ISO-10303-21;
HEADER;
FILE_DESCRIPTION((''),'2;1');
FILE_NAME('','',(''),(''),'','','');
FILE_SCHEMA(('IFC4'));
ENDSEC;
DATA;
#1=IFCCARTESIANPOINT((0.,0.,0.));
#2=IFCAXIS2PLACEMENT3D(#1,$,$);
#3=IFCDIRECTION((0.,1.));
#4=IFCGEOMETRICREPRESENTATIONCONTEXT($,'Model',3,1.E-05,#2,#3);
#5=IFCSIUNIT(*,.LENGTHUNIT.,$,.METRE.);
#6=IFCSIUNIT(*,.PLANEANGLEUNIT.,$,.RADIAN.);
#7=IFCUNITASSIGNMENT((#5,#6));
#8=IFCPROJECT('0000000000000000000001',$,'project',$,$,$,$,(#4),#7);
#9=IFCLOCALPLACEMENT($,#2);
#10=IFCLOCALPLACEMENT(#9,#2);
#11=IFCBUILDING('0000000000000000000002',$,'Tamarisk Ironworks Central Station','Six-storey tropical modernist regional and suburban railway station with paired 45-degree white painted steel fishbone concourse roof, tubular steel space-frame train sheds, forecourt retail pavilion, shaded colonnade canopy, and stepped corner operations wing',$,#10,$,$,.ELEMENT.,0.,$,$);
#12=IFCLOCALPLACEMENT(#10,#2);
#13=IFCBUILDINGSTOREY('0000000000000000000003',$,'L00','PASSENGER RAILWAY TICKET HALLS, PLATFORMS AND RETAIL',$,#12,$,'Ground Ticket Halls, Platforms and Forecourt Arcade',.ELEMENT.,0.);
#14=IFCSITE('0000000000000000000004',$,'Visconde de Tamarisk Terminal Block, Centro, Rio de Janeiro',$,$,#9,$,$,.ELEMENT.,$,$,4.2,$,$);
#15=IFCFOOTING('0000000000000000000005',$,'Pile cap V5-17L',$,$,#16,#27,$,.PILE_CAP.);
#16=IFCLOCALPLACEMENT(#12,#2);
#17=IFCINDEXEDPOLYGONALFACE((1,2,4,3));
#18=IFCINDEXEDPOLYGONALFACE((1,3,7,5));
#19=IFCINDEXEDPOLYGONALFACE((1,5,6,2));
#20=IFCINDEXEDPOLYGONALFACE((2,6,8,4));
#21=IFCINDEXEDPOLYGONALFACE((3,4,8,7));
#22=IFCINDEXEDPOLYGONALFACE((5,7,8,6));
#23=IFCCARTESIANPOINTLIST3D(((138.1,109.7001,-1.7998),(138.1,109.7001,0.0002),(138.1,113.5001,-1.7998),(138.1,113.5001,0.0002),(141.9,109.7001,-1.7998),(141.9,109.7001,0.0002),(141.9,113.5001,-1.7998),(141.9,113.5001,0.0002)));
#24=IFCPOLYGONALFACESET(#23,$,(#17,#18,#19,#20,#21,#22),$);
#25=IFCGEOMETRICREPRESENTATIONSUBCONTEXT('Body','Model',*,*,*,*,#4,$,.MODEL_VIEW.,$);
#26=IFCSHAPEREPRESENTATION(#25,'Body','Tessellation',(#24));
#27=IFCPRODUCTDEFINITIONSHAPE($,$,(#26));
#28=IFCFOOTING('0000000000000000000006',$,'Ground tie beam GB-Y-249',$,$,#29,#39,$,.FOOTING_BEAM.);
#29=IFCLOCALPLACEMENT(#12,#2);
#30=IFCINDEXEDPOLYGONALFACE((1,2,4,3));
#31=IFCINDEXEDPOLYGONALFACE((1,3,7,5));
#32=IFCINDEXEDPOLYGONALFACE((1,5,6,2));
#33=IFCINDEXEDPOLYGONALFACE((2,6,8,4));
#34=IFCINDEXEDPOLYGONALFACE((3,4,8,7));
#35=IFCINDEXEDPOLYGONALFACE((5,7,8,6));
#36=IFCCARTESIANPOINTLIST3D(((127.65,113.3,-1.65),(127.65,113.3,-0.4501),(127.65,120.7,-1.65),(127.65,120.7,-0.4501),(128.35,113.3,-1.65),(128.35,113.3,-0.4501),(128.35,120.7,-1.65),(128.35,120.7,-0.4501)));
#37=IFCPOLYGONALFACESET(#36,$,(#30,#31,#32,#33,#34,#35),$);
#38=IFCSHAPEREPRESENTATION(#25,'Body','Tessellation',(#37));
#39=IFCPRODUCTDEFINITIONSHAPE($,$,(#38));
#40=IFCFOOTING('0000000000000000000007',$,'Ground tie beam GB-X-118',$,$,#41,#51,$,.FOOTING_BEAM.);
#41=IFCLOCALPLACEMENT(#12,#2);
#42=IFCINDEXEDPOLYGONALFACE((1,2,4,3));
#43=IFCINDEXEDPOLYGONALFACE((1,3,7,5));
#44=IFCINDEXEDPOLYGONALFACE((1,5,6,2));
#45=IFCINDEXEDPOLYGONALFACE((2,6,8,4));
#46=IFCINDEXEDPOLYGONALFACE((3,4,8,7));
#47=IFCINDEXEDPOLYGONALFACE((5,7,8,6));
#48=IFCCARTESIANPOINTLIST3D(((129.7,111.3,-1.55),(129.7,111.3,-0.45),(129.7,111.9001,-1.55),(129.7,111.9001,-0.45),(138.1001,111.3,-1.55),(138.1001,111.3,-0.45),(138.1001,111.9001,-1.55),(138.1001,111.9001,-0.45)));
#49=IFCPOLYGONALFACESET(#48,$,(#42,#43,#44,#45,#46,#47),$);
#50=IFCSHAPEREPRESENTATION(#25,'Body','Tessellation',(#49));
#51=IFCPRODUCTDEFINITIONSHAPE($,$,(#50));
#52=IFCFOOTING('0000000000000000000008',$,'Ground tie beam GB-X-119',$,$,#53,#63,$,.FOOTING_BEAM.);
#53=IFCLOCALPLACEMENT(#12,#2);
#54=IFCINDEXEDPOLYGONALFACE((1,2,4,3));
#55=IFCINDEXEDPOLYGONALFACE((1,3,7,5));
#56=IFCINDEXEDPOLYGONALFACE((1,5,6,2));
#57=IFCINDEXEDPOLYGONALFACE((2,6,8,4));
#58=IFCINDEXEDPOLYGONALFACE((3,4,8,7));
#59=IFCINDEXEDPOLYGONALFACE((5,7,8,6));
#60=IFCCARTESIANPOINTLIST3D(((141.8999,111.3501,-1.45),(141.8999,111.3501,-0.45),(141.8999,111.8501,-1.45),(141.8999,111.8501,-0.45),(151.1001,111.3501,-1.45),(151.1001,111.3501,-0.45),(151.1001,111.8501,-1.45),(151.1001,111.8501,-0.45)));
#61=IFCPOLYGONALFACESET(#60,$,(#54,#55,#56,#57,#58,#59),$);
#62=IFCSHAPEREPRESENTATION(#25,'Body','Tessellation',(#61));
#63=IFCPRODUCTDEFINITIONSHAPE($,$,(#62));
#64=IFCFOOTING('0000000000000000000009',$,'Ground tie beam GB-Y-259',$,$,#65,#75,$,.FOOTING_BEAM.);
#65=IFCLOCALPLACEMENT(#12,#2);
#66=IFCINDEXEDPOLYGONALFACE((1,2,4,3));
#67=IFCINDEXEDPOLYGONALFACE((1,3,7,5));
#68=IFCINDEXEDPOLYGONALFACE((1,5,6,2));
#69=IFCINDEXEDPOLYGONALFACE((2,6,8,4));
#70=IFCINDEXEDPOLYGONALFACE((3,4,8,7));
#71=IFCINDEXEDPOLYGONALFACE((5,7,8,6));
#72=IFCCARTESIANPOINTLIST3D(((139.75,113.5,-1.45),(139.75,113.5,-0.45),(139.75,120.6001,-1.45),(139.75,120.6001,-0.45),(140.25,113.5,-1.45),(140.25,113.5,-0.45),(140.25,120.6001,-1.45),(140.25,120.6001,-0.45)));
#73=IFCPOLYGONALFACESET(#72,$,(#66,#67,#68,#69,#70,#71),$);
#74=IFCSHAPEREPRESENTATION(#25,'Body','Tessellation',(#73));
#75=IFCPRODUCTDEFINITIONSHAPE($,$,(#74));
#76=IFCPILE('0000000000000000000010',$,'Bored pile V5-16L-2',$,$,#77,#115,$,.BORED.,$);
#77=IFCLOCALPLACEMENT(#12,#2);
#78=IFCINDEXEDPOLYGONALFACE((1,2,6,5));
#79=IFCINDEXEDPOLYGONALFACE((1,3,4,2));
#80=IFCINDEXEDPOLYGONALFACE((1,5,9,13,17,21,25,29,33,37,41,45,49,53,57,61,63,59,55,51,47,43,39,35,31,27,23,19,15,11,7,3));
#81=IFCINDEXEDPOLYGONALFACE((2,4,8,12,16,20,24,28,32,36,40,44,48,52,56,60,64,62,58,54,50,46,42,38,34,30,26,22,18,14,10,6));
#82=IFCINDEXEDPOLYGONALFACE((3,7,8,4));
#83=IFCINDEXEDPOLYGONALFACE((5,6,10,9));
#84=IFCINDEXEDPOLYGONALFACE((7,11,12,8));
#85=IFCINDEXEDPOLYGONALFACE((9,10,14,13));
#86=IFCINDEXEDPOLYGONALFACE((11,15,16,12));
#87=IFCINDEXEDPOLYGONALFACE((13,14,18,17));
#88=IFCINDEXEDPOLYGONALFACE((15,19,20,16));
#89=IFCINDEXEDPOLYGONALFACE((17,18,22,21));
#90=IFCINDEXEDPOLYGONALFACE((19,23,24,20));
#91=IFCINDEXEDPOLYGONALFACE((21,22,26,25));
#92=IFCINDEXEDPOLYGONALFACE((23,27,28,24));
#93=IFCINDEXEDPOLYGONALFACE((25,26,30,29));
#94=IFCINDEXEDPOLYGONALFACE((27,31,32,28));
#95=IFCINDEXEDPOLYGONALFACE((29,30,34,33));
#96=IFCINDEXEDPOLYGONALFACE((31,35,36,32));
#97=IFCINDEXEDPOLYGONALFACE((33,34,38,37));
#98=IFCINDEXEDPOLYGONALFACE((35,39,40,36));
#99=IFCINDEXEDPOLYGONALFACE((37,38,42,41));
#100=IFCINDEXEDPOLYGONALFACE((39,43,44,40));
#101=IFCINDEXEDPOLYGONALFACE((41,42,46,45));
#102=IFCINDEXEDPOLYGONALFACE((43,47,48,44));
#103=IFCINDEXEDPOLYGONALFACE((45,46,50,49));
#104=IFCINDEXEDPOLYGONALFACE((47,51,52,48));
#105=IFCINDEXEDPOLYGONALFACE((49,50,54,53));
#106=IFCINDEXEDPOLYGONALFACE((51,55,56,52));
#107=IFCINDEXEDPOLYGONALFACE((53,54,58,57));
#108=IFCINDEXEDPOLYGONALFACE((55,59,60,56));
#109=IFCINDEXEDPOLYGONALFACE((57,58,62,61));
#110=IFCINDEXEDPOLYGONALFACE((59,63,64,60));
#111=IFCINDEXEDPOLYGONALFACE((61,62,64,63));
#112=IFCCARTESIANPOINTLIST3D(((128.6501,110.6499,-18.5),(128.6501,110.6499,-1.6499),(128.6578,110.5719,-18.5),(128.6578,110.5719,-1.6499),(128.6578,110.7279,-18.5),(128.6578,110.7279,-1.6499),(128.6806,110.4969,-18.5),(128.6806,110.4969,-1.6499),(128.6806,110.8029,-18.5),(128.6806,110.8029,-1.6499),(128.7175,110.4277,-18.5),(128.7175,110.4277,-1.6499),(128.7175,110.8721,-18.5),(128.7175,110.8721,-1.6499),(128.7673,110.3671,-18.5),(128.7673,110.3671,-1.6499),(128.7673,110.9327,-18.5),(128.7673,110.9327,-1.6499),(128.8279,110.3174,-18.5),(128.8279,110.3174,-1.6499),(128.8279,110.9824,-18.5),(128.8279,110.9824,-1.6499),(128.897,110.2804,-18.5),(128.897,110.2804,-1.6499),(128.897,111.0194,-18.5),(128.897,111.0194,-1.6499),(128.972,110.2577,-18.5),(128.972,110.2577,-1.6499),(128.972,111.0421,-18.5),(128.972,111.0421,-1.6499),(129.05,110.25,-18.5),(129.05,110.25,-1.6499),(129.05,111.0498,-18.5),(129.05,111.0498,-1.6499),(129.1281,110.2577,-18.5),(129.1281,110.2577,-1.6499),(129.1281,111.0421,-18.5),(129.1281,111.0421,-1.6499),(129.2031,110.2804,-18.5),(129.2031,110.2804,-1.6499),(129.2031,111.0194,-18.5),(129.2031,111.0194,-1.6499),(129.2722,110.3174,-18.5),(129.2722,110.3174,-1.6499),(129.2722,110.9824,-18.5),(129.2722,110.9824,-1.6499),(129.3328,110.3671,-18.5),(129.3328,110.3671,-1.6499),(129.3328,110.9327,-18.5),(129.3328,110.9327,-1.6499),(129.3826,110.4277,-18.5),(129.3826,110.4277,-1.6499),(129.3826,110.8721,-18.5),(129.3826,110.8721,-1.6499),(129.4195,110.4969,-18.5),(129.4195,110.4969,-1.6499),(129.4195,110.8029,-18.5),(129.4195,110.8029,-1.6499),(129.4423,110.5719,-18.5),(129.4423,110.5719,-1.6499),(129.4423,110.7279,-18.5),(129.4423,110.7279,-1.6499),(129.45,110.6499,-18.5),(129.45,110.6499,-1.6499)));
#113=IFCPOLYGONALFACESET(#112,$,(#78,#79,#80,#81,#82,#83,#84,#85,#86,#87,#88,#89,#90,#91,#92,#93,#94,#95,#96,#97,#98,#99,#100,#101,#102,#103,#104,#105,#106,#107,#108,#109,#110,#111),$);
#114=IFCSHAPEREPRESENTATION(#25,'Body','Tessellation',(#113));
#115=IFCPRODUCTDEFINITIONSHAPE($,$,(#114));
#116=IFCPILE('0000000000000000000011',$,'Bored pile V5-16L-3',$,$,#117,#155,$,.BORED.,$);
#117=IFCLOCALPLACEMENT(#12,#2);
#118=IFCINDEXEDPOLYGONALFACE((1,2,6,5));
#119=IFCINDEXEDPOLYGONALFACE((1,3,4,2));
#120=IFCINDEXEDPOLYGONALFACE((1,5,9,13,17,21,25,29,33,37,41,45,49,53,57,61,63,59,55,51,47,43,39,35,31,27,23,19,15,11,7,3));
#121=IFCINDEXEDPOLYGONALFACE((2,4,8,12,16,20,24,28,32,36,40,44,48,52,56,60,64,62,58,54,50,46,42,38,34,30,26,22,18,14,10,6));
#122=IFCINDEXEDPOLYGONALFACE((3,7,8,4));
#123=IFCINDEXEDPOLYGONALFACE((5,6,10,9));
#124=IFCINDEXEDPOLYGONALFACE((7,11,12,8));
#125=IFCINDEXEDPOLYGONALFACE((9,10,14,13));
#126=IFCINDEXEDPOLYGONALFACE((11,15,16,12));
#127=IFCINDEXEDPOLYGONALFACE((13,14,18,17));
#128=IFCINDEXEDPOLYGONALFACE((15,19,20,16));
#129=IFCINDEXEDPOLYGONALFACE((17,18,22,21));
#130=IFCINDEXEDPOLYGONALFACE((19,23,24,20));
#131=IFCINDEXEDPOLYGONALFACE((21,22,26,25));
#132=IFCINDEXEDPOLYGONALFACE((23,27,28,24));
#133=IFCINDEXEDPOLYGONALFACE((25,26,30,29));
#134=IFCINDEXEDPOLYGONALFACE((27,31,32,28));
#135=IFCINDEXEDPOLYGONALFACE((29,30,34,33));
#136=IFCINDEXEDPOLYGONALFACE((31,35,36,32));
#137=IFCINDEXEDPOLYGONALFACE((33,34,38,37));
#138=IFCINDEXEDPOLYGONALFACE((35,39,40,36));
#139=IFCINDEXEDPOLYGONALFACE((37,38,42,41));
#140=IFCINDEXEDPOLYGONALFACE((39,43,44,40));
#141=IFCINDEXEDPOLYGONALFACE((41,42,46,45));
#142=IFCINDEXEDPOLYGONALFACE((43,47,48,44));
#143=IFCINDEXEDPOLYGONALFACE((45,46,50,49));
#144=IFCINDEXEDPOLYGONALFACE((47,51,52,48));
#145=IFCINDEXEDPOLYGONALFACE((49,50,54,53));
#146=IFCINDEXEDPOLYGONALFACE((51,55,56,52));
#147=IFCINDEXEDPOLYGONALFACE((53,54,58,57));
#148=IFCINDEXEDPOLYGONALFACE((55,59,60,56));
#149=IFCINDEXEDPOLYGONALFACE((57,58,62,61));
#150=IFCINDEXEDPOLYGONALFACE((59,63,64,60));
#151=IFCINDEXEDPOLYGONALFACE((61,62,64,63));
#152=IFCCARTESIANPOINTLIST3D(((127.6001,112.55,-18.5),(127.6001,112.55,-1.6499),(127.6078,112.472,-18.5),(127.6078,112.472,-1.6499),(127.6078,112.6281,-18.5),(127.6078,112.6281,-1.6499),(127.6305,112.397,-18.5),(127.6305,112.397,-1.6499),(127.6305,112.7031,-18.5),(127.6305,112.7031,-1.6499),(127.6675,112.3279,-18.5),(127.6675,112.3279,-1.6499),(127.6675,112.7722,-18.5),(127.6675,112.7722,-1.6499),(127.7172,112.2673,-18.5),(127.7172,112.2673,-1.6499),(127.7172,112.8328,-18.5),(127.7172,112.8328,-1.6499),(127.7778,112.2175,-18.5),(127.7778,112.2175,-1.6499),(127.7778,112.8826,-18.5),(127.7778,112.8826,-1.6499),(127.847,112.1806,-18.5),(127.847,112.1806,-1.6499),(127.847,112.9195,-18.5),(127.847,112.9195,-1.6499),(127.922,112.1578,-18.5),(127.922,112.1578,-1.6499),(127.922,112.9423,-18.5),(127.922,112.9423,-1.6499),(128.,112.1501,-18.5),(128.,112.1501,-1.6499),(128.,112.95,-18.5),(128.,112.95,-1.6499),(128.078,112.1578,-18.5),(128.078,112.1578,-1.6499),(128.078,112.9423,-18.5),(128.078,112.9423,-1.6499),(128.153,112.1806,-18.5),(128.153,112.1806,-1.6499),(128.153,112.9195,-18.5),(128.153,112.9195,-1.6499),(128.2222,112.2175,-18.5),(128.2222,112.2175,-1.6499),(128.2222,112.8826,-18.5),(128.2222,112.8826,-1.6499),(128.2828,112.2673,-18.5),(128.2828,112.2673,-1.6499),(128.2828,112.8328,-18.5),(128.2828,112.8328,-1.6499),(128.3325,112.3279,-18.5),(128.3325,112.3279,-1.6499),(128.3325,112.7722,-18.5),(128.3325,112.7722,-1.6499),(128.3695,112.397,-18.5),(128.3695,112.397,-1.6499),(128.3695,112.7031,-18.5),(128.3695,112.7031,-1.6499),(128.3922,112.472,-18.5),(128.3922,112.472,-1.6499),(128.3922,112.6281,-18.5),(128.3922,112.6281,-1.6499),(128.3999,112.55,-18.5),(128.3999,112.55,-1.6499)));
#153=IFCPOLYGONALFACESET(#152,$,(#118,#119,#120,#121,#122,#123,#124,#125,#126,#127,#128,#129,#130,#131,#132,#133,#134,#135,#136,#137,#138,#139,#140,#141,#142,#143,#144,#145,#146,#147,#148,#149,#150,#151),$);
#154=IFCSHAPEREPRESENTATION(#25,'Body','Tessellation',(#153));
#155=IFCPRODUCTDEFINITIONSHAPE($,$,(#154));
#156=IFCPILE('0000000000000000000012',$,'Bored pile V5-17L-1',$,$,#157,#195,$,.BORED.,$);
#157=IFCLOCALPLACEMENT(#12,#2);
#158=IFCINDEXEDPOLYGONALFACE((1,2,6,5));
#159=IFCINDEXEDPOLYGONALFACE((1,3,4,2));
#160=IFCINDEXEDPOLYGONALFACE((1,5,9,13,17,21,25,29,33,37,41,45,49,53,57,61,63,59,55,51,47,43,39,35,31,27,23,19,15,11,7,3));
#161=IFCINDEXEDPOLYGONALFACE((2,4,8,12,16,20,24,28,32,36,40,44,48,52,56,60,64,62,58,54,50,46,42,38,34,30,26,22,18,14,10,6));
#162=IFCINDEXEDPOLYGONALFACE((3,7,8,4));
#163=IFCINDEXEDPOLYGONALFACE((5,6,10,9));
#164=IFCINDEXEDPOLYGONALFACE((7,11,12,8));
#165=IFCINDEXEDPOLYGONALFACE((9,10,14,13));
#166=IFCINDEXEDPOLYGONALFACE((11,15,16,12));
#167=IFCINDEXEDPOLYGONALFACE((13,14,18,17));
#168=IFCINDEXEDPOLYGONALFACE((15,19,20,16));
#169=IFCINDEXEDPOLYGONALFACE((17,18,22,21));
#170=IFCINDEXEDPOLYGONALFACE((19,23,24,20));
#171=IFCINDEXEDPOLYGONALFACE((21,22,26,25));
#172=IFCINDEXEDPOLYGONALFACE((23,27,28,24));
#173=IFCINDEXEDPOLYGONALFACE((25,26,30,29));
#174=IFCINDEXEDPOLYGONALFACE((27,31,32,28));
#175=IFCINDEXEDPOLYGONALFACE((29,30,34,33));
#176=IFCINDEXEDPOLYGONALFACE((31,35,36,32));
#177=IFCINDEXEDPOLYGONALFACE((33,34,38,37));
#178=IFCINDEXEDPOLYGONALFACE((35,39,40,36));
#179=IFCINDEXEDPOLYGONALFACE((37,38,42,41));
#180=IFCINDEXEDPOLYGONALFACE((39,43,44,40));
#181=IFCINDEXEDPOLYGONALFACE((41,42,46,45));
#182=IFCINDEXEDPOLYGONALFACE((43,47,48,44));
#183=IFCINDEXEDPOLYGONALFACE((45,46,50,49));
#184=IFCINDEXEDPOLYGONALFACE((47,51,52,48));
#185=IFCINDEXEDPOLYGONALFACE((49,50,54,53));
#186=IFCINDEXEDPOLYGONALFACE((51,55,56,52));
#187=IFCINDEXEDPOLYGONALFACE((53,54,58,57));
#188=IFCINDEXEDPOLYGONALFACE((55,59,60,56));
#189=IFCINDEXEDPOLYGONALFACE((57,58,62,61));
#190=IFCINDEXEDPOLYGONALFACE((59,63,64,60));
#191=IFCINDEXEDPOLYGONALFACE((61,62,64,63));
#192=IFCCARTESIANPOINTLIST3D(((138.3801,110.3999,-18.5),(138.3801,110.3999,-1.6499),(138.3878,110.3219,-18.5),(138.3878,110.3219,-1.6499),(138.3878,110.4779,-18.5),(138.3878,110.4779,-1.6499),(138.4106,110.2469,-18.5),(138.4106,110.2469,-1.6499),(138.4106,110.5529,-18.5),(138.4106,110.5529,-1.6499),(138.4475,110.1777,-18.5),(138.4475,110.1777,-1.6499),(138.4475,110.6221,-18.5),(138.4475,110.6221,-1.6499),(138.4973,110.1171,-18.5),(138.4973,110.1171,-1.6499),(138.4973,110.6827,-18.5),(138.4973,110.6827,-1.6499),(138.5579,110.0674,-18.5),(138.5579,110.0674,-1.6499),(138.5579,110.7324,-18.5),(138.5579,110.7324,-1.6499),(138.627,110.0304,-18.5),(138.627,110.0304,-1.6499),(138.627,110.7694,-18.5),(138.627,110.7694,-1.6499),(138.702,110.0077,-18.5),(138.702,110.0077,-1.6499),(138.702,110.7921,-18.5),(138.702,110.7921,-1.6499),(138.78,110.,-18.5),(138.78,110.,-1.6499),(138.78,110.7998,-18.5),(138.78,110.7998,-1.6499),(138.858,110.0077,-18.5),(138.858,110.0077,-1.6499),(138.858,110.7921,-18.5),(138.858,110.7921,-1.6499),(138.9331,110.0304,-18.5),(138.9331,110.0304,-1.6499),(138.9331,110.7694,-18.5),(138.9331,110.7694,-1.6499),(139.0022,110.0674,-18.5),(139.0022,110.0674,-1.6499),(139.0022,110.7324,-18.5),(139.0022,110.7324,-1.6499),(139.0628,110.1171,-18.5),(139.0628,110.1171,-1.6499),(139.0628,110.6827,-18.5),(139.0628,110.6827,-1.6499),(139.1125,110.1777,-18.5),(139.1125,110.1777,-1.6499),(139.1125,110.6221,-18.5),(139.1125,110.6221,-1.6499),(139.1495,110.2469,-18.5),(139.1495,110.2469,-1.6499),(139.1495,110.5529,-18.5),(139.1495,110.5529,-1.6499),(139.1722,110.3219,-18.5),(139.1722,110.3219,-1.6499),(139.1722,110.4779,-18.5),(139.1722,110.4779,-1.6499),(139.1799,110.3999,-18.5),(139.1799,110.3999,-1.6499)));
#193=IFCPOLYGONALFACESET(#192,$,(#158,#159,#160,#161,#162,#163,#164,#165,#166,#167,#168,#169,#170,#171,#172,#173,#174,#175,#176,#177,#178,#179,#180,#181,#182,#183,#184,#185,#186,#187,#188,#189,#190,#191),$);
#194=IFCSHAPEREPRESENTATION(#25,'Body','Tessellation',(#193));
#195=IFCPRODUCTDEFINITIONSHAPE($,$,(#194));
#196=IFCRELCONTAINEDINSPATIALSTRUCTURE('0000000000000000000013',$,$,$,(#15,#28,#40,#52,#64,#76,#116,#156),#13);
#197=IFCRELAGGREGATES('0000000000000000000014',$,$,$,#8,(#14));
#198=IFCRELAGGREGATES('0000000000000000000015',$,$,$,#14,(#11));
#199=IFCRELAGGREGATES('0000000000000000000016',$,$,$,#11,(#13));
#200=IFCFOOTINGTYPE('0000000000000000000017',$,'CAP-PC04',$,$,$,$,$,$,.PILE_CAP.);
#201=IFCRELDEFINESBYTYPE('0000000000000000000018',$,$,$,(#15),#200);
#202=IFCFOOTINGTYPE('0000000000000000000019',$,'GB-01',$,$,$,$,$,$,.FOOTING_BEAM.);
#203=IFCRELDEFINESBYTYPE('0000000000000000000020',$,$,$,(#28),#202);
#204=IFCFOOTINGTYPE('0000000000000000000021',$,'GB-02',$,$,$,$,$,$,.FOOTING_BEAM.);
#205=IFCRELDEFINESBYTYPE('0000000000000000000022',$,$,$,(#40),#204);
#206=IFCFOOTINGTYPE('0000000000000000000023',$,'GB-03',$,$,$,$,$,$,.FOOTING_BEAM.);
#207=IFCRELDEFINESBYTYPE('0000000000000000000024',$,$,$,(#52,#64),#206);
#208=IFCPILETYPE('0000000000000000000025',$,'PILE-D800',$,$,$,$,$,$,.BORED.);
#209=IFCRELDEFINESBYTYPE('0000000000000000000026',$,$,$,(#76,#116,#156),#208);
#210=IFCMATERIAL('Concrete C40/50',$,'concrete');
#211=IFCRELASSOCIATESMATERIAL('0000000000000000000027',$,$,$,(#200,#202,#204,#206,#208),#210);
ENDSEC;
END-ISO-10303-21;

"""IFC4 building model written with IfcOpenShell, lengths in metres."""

from ifc_helpers import new_model, si_unit, direction, frame, origin, origin_2d, place, context, subcontext, project, spatial, rectangle, circle, extrude, material, material_profile, profile_set, type_object, element, save


model = new_model("IFC4")

# Units and contexts
model_context = context("Model", 3, precision=1e-05, world=origin(), true_north=direction((0.0, 1.0)))
body_context = subcontext(model_context, "Body", "Model", "MODEL_VIEW")
ifc_project = project(units=[si_unit("LENGTHUNIT", "METRE"), si_unit("PLANEANGLEUNIT", "RADIAN")], contexts=[model_context])

# Site, building, storey
site_placement = place(None, origin())
site = spatial("IfcSite", under=ifc_project, at=site_placement, Name="Visconde de Tamarisk Terminal Block, Centro, Rio de Janeiro", CompositionType="ELEMENT", RefElevation=4.2)
building_placement = place(site_placement, origin())
building = spatial("IfcBuilding", under=site, at=building_placement, Name="Tamarisk Ironworks Central Station", Description="Six-storey tropical modernist regional and suburban railway station with paired 45-degree white painted steel fishbone concourse roof, tubular steel space-frame train sheds, forecourt retail pavilion, shaded colonnade canopy, and stepped corner operations wing", CompositionType="ELEMENT", ElevationOfRefHeight=0.0)
storey_placement = place(building_placement, origin())
storey = spatial("IfcBuildingStorey", under=building, at=storey_placement, Name="L00", Description="PASSENGER RAILWAY TICKET HALLS, PLATFORMS AND RETAIL", LongName="Ground Ticket Halls, Platforms and Forecourt Arcade", CompositionType="ELEMENT", Elevation=0.0)

# Footings
ifc_material_1 = material(Name="Concrete C40/50", Category="concrete")
footing_type_1 = type_object("IfcFootingType", Name="CAP-PC04", PredefinedType="PILE_CAP", material=ifc_material_1)
footing_1_placement = place(storey_placement, frame((140.0, 111.6001, -1.7998), z_axis=(0.0, 0.0, 1.0), x_axis=(1.0, 0.0, 0.0)))
element("IfcFooting", 1, at=footing_1_placement, inside=storey, type_object=footing_type_1, Name="Pile cap V5-17L", PredefinedType="PILE_CAP", context=body_context, shape_type="SweptSolid", body=[
    extrude(rectangle(XDim=3.8, YDim=3.8, at=origin_2d()), origin(), (0.0, 0.0, 1.0), 1.8),
])
ifc_material_profile_1 = material_profile(ifc_material_1, rectangle(XDim=0.7, YDim=1.2, at=origin_2d()), Name="GB01 700x1200")
ifc_profile_set_1 = profile_set([ifc_material_profile_1], Name="Concrete C40/50")
footing_type_2 = type_object("IfcFootingType", Name="GB-01", PredefinedType="FOOTING_BEAM", material=ifc_profile_set_1)
footing_2_placement = place(storey_placement, frame((128.0, 113.3, -1.05), z_axis=(0.0, 1.0, 0.0), x_axis=(-1.0, 0.0, 0.0)))
element("IfcFooting", 2, at=footing_2_placement, inside=storey, type_object=footing_type_2, Name="Ground tie beam GB-Y-249", PredefinedType="FOOTING_BEAM", context=body_context, shape_type="SweptSolid", body=[
    extrude(rectangle(XDim=0.7, YDim=1.2, at=origin_2d()), origin(), (0.0, 0.0, 1.0), 7.3999),
])
ifc_material_profile_2 = material_profile(ifc_material_1, rectangle(XDim=0.6001, YDim=1.1001, at=origin_2d()), Name="GB02 600x1100")
ifc_profile_set_2 = profile_set([ifc_material_profile_2], Name="Concrete C40/50")
footing_type_3 = type_object("IfcFootingType", Name="GB-02", PredefinedType="FOOTING_BEAM", material=ifc_profile_set_2)
footing_3_placement = place(storey_placement, frame((129.7, 111.6001, -1.0), z_axis=(1.0, 0.0, 0.0), x_axis=(0.0, 1.0, 0.0)))
element("IfcFooting", 3, at=footing_3_placement, inside=storey, type_object=footing_type_3, Name="Ground tie beam GB-X-118", PredefinedType="FOOTING_BEAM", context=body_context, shape_type="SweptSolid", body=[
    extrude(rectangle(XDim=0.6001, YDim=1.1001, at=origin_2d()), origin(), (0.0, 0.0, 1.0), 8.4001),
])
ifc_material_profile_3 = material_profile(ifc_material_1, rectangle(XDim=0.5, YDim=1.0, at=origin_2d()), Name="GB03 500x1000")
ifc_profile_set_3 = profile_set([ifc_material_profile_3], Name="Concrete C40/50")
footing_type_4 = type_object("IfcFootingType", Name="GB-03", PredefinedType="FOOTING_BEAM", material=ifc_profile_set_3)
footing_4_placement = place(storey_placement, frame((141.8999, 111.6001, -0.95), z_axis=(1.0, 0.0, 0.0), x_axis=(0.0, 1.0, 0.0)))
element("IfcFooting", 4, at=footing_4_placement, inside=storey, type_object=footing_type_4, Name="Ground tie beam GB-X-119", PredefinedType="FOOTING_BEAM", context=body_context, shape_type="SweptSolid", body=[
    extrude(rectangle(XDim=0.5, YDim=1.0, at=origin_2d()), origin(), (0.0, 0.0, 1.0), 9.2002),
])
footing_5_placement = place(storey_placement, frame((140.0, 113.5, -0.95), z_axis=(0.0, 1.0, 0.0), x_axis=(-1.0, 0.0, 0.0)))
element("IfcFooting", 5, at=footing_5_placement, inside=storey, type_object=footing_type_4, Name="Ground tie beam GB-Y-259", PredefinedType="FOOTING_BEAM", context=body_context, shape_type="SweptSolid", body=[
    extrude(rectangle(XDim=0.5, YDim=1.0, at=origin_2d()), origin(), (0.0, 0.0, 1.0), 7.1001),
])

# Piles
ifc_material_profile_4 = material_profile(ifc_material_1, circle(Radius=0.3999, at=origin_2d()), Name="BORED PILE D800")
ifc_profile_set_4 = profile_set([ifc_material_profile_4], Name="Concrete C40/50")
pile_type = type_object("IfcPileType", Name="PILE-D800", PredefinedType="BORED", material=ifc_profile_set_4)
for number, where, z_axis, x_axis, name in (
    (6, (129.05, 110.6499, -1.6499), (0.0, 0.0, -1.0), (1.0, 0.0, 0.0), "Bored pile V5-16L-2"),
    (7, (128.0, 112.55, -1.6499), (0.0, 0.0, -1.0), (1.0, 0.0, 0.0), "Bored pile V5-16L-3"),
    (8, (138.78, 110.3999, -1.6499), (0.0, 0.0, -1.0), (1.0, 0.0, 0.0), "Bored pile V5-17L-1"),
):
    element("IfcPile", number, at=place(storey_placement, frame(where, z_axis=z_axis, x_axis=x_axis)), inside=storey, type_object=pile_type, Name=name, PredefinedType="BORED", context=body_context, shape_type="SweptSolid", body=[
        extrude(circle(Radius=0.3999, at=origin_2d()), origin(), (0.0, 0.0, 1.0), 16.8501),
    ])

save(model, "model.ifc")
